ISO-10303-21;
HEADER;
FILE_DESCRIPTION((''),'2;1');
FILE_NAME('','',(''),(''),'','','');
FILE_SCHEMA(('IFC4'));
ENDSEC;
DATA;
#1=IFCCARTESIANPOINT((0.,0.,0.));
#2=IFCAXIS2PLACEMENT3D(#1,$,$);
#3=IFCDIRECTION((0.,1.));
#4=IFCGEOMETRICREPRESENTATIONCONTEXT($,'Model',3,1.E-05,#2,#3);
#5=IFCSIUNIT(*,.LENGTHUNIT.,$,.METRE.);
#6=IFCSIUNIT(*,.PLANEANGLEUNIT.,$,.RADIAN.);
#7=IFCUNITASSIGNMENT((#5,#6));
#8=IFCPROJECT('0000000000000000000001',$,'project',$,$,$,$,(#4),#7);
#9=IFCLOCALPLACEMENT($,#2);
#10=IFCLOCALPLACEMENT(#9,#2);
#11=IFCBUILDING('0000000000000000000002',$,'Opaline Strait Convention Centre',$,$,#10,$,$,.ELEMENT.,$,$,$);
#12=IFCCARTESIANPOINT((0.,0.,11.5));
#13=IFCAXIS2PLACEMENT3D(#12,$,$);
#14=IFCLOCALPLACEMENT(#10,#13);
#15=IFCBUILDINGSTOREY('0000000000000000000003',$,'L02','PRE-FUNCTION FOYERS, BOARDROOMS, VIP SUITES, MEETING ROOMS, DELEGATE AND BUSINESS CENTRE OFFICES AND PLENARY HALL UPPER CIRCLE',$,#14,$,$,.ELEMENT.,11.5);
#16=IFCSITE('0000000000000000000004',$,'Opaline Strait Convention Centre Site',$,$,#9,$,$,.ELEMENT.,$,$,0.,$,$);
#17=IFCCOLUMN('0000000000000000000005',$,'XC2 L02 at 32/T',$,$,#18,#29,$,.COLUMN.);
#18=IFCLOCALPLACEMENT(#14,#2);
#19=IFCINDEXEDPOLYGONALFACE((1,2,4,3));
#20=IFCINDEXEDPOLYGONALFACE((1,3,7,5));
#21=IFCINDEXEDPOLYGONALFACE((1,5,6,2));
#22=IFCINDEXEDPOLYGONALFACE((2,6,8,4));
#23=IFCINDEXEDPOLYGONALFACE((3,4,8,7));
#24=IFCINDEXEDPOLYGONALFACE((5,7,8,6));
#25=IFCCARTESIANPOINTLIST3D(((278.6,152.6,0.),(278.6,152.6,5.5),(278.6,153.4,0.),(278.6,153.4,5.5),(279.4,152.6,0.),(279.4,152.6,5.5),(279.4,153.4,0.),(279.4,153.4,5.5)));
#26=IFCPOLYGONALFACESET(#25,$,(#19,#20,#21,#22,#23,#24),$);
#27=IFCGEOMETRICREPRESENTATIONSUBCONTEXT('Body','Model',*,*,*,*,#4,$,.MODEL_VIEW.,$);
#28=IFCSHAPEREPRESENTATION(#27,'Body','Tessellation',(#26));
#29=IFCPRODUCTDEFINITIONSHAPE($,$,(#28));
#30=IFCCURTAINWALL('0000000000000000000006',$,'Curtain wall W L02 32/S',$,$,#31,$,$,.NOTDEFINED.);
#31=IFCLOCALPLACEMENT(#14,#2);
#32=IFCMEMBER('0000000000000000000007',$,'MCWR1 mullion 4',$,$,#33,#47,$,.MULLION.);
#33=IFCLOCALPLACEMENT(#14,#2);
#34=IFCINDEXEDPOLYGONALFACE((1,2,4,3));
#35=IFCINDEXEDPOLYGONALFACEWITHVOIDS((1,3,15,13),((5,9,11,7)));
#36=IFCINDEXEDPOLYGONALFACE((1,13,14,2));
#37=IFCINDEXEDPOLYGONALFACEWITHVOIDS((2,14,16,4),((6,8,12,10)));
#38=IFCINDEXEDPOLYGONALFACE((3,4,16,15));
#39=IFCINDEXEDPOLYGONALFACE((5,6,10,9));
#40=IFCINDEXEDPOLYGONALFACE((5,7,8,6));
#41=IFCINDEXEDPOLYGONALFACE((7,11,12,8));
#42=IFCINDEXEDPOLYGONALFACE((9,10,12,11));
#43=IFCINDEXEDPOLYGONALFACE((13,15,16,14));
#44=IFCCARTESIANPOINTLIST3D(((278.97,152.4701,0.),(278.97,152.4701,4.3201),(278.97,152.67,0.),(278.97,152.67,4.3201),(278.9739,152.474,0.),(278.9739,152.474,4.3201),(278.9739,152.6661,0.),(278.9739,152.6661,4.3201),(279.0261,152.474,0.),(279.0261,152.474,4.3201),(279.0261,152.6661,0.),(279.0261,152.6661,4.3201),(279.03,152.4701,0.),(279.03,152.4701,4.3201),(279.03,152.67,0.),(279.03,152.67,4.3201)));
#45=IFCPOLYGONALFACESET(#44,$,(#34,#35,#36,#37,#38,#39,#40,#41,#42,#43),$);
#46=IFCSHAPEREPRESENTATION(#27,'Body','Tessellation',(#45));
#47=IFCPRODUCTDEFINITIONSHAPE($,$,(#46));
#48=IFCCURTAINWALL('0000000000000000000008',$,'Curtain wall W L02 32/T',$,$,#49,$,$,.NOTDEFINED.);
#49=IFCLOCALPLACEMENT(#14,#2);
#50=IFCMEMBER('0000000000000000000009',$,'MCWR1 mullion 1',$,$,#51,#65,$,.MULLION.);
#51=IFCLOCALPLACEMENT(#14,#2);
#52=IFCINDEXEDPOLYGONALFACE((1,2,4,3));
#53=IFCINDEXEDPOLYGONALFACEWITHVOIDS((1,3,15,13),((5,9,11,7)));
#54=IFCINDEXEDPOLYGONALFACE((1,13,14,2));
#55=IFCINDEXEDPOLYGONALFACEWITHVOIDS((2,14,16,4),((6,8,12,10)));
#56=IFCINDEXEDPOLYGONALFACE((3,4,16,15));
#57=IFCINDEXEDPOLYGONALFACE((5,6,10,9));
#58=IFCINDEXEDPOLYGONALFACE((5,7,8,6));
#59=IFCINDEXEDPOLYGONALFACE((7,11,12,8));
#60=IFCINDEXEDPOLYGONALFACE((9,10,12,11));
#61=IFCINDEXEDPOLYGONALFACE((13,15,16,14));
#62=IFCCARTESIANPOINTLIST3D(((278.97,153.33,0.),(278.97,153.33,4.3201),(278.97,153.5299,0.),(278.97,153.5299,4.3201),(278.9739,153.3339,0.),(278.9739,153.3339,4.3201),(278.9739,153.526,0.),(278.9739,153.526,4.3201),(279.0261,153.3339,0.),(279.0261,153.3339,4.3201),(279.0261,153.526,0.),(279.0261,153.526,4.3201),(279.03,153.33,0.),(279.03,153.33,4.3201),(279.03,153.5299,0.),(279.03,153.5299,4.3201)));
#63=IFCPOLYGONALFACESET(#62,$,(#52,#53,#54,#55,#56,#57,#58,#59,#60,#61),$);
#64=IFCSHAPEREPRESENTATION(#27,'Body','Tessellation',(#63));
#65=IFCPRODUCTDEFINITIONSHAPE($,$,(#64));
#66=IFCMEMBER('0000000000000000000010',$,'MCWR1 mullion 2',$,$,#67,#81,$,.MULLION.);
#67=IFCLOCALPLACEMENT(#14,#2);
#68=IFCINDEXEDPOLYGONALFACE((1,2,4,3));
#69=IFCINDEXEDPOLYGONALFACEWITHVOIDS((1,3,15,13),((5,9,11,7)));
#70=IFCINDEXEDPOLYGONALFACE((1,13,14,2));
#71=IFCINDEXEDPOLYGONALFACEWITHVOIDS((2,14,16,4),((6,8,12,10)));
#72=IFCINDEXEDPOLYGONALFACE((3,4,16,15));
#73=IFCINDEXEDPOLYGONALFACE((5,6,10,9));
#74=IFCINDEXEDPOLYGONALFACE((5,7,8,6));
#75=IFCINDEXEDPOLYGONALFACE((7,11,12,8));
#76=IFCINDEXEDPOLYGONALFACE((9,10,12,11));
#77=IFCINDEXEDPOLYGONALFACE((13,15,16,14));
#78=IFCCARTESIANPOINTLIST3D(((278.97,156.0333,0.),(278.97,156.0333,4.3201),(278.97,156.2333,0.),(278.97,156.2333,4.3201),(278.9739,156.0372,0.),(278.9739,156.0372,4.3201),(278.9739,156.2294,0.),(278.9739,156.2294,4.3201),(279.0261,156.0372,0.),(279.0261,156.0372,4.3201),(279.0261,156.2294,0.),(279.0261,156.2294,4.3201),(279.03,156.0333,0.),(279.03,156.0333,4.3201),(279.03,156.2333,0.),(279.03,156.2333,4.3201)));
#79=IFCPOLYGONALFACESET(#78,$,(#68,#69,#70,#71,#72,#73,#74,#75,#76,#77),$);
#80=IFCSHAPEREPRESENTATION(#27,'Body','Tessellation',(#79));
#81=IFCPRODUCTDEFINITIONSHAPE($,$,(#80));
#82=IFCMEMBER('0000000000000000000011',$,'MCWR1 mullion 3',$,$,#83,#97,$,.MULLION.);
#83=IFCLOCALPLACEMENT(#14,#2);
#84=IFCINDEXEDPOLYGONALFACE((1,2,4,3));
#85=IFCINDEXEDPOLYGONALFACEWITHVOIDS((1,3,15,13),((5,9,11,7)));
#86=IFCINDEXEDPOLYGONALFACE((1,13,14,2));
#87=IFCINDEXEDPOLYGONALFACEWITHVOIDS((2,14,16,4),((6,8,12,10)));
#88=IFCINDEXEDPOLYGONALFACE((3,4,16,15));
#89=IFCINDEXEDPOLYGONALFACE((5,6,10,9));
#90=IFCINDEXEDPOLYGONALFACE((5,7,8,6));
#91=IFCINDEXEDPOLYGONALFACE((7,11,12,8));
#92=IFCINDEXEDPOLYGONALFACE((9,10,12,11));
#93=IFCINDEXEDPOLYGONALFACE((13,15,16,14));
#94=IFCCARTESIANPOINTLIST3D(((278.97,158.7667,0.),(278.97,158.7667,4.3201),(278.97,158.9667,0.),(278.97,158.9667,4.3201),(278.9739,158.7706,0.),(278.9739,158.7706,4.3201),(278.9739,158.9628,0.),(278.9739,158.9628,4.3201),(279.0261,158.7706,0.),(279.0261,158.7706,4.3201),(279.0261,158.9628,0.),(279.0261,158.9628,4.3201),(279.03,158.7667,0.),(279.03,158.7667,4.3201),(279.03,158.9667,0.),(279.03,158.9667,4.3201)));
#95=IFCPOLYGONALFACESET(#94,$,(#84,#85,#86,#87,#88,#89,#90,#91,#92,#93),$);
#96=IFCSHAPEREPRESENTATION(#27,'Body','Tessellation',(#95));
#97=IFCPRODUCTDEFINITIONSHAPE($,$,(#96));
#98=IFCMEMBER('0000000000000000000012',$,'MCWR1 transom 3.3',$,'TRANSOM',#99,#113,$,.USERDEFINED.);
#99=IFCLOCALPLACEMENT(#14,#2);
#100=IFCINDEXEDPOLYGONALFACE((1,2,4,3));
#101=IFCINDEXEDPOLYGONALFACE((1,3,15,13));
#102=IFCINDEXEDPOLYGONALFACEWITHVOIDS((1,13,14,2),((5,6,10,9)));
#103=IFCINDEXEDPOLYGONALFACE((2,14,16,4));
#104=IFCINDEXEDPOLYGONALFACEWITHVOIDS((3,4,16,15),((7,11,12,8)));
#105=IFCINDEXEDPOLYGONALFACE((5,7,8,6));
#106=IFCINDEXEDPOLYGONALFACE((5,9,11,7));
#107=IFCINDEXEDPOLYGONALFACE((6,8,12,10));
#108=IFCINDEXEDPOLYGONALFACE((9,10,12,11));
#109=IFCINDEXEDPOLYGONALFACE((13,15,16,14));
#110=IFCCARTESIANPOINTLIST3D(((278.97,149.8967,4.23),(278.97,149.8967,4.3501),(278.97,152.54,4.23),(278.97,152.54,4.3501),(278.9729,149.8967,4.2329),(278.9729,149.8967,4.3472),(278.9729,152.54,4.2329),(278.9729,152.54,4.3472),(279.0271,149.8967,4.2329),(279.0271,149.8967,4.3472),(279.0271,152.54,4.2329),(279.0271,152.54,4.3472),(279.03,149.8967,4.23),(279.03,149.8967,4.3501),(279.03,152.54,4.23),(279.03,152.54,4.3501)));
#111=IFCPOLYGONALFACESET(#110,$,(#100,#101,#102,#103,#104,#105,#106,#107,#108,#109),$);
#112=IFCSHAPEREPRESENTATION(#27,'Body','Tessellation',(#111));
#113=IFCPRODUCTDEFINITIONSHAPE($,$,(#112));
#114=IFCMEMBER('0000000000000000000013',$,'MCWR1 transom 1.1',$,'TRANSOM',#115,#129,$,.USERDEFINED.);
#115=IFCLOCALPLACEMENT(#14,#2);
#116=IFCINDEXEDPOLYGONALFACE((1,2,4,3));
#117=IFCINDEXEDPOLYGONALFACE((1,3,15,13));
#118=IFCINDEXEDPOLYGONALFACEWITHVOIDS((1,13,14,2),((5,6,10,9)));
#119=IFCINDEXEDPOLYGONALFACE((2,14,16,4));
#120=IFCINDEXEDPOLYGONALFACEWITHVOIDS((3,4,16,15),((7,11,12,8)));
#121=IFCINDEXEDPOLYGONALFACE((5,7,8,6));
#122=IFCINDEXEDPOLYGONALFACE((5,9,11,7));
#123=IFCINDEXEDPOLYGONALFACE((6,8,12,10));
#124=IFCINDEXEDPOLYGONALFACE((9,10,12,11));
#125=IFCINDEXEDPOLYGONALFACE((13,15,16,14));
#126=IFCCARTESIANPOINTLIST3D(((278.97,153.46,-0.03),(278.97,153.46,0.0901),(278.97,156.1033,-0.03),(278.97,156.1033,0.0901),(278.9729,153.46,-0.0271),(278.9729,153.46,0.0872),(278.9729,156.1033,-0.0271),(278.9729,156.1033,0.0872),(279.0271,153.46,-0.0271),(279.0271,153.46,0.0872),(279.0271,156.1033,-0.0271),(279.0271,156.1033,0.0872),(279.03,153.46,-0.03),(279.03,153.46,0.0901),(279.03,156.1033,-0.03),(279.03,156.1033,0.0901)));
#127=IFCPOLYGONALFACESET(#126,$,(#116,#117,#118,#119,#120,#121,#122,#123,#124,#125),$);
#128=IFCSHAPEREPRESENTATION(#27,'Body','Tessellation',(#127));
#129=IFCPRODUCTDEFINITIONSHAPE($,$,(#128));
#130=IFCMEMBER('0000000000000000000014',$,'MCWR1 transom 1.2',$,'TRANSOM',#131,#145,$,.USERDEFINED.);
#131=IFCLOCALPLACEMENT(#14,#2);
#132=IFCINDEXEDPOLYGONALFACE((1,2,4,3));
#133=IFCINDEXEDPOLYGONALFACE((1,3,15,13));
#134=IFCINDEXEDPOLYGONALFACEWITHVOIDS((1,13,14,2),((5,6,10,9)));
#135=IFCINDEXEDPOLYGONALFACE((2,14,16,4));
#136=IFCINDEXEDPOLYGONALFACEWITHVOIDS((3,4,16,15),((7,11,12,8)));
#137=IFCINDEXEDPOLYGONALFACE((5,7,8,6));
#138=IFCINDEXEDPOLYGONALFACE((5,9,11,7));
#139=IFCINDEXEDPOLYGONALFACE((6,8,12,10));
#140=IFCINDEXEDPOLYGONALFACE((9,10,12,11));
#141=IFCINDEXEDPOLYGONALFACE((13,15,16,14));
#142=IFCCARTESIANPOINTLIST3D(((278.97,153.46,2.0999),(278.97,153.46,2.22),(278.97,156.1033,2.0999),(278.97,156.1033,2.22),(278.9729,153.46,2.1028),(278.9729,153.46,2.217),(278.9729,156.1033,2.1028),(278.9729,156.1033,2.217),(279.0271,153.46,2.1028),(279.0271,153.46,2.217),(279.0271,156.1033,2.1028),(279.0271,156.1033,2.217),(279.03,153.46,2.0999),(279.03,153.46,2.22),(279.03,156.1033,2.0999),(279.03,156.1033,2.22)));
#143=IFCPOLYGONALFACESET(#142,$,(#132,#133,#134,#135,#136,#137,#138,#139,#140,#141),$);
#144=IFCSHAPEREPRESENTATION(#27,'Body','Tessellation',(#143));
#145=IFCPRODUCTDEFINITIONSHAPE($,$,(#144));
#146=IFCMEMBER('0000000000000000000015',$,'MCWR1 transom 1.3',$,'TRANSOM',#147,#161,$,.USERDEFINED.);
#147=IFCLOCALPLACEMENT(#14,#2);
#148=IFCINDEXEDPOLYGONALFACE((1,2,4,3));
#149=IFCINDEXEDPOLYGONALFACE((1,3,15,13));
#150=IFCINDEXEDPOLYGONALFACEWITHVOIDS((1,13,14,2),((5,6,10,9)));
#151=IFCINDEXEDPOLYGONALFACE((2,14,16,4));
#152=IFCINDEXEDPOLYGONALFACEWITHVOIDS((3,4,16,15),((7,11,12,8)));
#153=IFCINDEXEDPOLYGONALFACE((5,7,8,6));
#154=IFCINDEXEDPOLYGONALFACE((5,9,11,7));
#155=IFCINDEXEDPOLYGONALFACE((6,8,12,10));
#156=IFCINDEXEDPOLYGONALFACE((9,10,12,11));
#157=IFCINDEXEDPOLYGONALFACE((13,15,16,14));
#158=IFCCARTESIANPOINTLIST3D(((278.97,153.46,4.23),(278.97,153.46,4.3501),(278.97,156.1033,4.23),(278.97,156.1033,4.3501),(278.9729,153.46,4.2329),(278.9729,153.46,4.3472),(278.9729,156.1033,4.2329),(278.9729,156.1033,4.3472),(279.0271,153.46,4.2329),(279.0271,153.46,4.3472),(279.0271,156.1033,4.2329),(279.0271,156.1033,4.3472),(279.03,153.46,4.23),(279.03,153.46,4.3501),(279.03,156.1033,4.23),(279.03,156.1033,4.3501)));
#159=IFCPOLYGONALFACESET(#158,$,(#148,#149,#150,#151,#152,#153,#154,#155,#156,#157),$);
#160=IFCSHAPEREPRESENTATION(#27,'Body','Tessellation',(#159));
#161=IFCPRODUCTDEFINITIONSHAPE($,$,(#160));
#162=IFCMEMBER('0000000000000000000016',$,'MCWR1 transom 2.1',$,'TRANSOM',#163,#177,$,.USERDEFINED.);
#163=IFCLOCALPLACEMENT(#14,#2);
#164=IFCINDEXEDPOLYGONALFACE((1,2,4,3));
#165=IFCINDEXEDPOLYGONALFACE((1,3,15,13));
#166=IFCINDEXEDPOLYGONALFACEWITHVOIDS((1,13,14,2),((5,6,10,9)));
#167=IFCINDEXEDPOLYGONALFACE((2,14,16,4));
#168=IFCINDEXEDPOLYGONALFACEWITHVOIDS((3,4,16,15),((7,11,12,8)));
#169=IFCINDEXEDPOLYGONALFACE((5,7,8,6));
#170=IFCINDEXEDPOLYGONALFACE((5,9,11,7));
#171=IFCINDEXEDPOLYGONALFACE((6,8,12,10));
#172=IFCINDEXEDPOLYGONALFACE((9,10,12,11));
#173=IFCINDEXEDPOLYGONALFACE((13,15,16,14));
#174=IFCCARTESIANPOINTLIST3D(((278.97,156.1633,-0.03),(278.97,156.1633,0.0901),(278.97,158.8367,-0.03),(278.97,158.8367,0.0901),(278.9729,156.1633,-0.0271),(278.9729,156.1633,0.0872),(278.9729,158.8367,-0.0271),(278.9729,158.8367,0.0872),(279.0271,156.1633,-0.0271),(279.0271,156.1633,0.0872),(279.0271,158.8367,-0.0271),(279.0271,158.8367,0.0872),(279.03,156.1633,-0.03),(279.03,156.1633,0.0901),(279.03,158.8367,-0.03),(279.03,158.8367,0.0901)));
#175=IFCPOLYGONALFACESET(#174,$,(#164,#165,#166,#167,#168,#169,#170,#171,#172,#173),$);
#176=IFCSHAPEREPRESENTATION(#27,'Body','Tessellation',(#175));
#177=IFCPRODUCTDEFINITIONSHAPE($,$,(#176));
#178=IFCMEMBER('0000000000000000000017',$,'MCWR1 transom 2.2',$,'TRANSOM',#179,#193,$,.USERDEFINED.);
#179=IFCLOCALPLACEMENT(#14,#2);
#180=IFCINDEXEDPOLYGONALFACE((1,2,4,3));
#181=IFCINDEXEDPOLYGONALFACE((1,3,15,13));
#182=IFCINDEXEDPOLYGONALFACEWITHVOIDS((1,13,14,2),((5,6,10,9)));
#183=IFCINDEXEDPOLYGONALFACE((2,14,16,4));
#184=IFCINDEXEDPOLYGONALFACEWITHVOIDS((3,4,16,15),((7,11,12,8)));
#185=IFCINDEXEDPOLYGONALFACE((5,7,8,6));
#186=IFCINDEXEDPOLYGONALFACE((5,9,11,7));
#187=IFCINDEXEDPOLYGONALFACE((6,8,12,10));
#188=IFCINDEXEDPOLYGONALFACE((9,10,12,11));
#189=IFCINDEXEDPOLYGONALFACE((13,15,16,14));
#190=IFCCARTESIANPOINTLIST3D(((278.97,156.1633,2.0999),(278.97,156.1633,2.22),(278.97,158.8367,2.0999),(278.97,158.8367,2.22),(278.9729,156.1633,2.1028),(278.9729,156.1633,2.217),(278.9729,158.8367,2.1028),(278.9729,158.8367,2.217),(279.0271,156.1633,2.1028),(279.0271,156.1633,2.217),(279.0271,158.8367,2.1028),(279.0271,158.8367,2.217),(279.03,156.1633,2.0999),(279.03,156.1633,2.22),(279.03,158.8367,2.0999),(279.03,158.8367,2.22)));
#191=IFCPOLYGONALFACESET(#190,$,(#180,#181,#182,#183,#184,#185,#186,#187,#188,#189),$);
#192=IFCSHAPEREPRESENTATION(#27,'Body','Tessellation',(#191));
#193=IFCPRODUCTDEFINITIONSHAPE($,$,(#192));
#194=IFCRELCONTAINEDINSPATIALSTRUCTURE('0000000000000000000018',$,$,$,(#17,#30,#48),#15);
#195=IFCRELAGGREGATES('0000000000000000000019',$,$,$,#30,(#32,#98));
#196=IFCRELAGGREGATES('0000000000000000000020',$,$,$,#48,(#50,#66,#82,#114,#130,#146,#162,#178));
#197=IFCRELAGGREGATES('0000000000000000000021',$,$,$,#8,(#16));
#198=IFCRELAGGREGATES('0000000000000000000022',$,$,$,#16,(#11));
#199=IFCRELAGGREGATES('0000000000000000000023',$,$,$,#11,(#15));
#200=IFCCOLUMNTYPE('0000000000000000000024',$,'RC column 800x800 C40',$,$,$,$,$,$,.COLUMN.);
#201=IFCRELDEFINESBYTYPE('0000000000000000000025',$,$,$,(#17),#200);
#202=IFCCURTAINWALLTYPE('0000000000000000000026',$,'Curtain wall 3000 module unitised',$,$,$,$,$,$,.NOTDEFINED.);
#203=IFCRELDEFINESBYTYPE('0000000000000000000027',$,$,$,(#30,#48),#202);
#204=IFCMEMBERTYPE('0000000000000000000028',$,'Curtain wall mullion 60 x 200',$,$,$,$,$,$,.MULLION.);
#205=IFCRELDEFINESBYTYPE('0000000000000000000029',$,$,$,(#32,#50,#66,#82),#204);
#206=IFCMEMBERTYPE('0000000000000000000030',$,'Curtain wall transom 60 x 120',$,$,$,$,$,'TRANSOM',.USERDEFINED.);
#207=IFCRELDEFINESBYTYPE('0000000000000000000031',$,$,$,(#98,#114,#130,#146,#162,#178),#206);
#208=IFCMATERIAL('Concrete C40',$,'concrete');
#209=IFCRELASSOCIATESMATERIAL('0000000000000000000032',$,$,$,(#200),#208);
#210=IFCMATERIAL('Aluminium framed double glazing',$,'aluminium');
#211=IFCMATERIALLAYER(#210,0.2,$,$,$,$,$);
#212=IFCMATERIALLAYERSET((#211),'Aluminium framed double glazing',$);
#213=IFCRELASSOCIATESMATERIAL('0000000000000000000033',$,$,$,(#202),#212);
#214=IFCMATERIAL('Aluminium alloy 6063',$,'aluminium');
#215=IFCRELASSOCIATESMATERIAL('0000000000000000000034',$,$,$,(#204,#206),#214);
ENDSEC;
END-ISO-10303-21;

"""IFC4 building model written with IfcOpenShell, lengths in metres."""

from ifc_helpers import new_model, si_unit, direction, frame, origin, origin_2d, place, context, subcontext, project, spatial, rectangle, hollow_rectangle, extrude, material, layer, layer_set, material_profile, profile_set, type_object, element, aggregate, save


model = new_model("IFC4")

# Units and contexts
model_context = context("Model", 3, precision=1e-05, world=origin(), true_north=direction((0.0, 1.0)))
body_context = subcontext(model_context, "Body", "Model", "MODEL_VIEW")
ifc_project = project(units=[si_unit("LENGTHUNIT", "METRE"), si_unit("PLANEANGLEUNIT", "RADIAN")], contexts=[model_context])

# Site, building, storey
site_placement = place(None, origin())
site = spatial("IfcSite", under=ifc_project, at=site_placement, Name="Opaline Strait Convention Centre Site", CompositionType="ELEMENT", RefElevation=0.0)
building_placement = place(site_placement, origin())
building = spatial("IfcBuilding", under=site, at=building_placement, Name="Opaline Strait Convention Centre", CompositionType="ELEMENT")
storey_placement = place(building_placement, frame((0.0, 0.0, 11.5)))
storey = spatial("IfcBuildingStorey", under=building, at=storey_placement, Name="L02", Description="PRE-FUNCTION FOYERS, BOARDROOMS, VIP SUITES, MEETING ROOMS, DELEGATE AND BUSINESS CENTRE OFFICES AND PLENARY HALL UPPER CIRCLE", CompositionType="ELEMENT", Elevation=11.5)

# Column
ifc_material_1 = material(Name="Concrete C40", Category="concrete")
ifc_material_profile_1 = material_profile(ifc_material_1, rectangle(XDim=0.8, YDim=0.8, at=origin_2d()), Name="RC 800x800")
ifc_profile_set_1 = profile_set([ifc_material_profile_1], Name="Concrete C40")
column_type = type_object("IfcColumnType", Name="RC column 800x800 C40", PredefinedType="COLUMN", material=ifc_profile_set_1)
column_placement = place(storey_placement, frame((279.0, 153.0, 0.0), z_axis=(0.0, 0.0, 1.0), x_axis=(1.0, 0.0, 0.0)))
element("IfcColumn", 1, at=column_placement, inside=storey, type_object=column_type, Name="XC2 L02 at 32/T", PredefinedType="COLUMN", context=body_context, shape_type="SweptSolid", body=[
    extrude(rectangle(XDim=0.8, YDim=0.8, at=origin_2d()), origin(), (0.0, 0.0, 1.0), 5.5),
])

# Curtain wall, member
ifc_material_2 = material(Name="Aluminium framed double glazing", Category="aluminium")
ifc_layer_1 = layer(ifc_material_2, 0.2)
ifc_layer_set_1 = layer_set([ifc_layer_1], Name="Aluminium framed double glazing")
curtain_wall_type = type_object("IfcCurtainWallType", Name="Curtain wall 3000 module unitised", PredefinedType="NOTDEFINED", material=ifc_layer_set_1)
curtain_wall_1_placement = place(storey_placement, origin())
curtain_wall_1 = element("IfcCurtainWall", 2, at=curtain_wall_1_placement, inside=storey, type_object=curtain_wall_type, Name="Curtain wall W L02 32/S", PredefinedType="NOTDEFINED")
ifc_material_3 = material(Name="Aluminium alloy 6063", Category="aluminium")
ifc_material_profile_2 = material_profile(ifc_material_3, hollow_rectangle(XDim=0.0601, YDim=0.2, WallThickness=0.0039, at=origin_2d()), Name="MULLION 60x200x4")
ifc_profile_set_2 = profile_set([ifc_material_profile_2], Name="Aluminium alloy 6063")
member_type_1 = type_object("IfcMemberType", Name="Curtain wall mullion 60 x 200", PredefinedType="MULLION", material=ifc_profile_set_2)
member_1_placement = place(storey_placement, frame((279.0, 152.5701, 0.0), z_axis=(0.0, 0.0, 1.0), x_axis=(-1.0, 0.0, 0.0)))
member_1 = element("IfcMember", 3, at=member_1_placement, type_object=member_type_1, Name="MCWR1 mullion 4", PredefinedType="MULLION", context=body_context, shape_type="SweptSolid", body=[
    extrude(hollow_rectangle(XDim=0.0601, YDim=0.2, WallThickness=0.0039, at=origin_2d()), origin(), (0.0, 0.0, 1.0), 4.3201),
])

# Curtain wall, members
curtain_wall_2_placement = place(storey_placement, origin())
curtain_wall_2 = element("IfcCurtainWall", 4, at=curtain_wall_2_placement, inside=storey, type_object=curtain_wall_type, Name="Curtain wall W L02 32/T", PredefinedType="NOTDEFINED")
member_2_placement = place(storey_placement, frame((279.0, 153.4299, 0.0), z_axis=(0.0, 0.0, 1.0), x_axis=(-1.0, 0.0, 0.0)))
member_2 = element("IfcMember", 5, at=member_2_placement, type_object=member_type_1, Name="MCWR1 mullion 1", PredefinedType="MULLION", context=body_context, shape_type="SweptSolid", body=[
    extrude(hollow_rectangle(XDim=0.0601, YDim=0.2, WallThickness=0.0039, at=origin_2d()), origin(), (0.0, 0.0, 1.0), 4.3201),
])
member_3_placement = place(storey_placement, frame((279.0, 156.1333, 0.0), z_axis=(0.0, 0.0, 1.0), x_axis=(-1.0, 0.0, 0.0)))
member_3 = element("IfcMember", 6, at=member_3_placement, type_object=member_type_1, Name="MCWR1 mullion 2", PredefinedType="MULLION", context=body_context, shape_type="SweptSolid", body=[
    extrude(hollow_rectangle(XDim=0.0601, YDim=0.2, WallThickness=0.0039, at=origin_2d()), origin(), (0.0, 0.0, 1.0), 4.3201),
])
member_4_placement = place(storey_placement, frame((279.0, 158.8667, 0.0), z_axis=(0.0, 0.0, 1.0), x_axis=(-1.0, 0.0, 0.0)))
member_4 = element("IfcMember", 7, at=member_4_placement, type_object=member_type_1, Name="MCWR1 mullion 3", PredefinedType="MULLION", context=body_context, shape_type="SweptSolid", body=[
    extrude(hollow_rectangle(XDim=0.0601, YDim=0.2, WallThickness=0.0039, at=origin_2d()), origin(), (0.0, 0.0, 1.0), 4.3201),
])

# Members
ifc_material_profile_3 = material_profile(ifc_material_3, hollow_rectangle(XDim=0.0601, YDim=0.1201, WallThickness=0.0029, at=origin_2d()), Name="TRANSOM 60x120x3")
ifc_profile_set_3 = profile_set([ifc_material_profile_3], Name="Aluminium alloy 6063")
member_type_2 = type_object("IfcMemberType", Name="Curtain wall transom 60 x 120", ElementType="TRANSOM", PredefinedType="USERDEFINED", material=ifc_profile_set_3)
member_5_placement = place(storey_placement, frame((279.0, 149.8967, 4.29), z_axis=(0.0, 1.0, 0.0), x_axis=(-1.0, 0.0, 0.0)))
member_5 = element("IfcMember", 8, at=member_5_placement, type_object=member_type_2, Name="MCWR1 transom 3.3", ObjectType="TRANSOM", PredefinedType="USERDEFINED", context=body_context, shape_type="SweptSolid", body=[
    extrude(hollow_rectangle(XDim=0.0601, YDim=0.1201, WallThickness=0.0029, at=origin_2d()), origin(), (0.0, 0.0, 1.0), 2.6433),
])
member_6_placement = place(storey_placement, frame((279.0, 153.46, 0.03), z_axis=(0.0, 1.0, 0.0), x_axis=(-1.0, 0.0, 0.0)))
member_6 = element("IfcMember", 9, at=member_6_placement, type_object=member_type_2, Name="MCWR1 transom 1.1", ObjectType="TRANSOM", PredefinedType="USERDEFINED", context=body_context, shape_type="SweptSolid", body=[
    extrude(hollow_rectangle(XDim=0.0601, YDim=0.1201, WallThickness=0.0029, at=origin_2d()), origin(), (0.0, 0.0, 1.0), 2.6433),
])
member_7_placement = place(storey_placement, frame((279.0, 153.46, 2.1599), z_axis=(0.0, 1.0, 0.0), x_axis=(-1.0, 0.0, 0.0)))
member_7 = element("IfcMember", 10, at=member_7_placement, type_object=member_type_2, Name="MCWR1 transom 1.2", ObjectType="TRANSOM", PredefinedType="USERDEFINED", context=body_context, shape_type="SweptSolid", body=[
    extrude(hollow_rectangle(XDim=0.0601, YDim=0.1201, WallThickness=0.0029, at=origin_2d()), origin(), (0.0, 0.0, 1.0), 2.6433),
])
member_8_placement = place(storey_placement, frame((279.0, 153.46, 4.29), z_axis=(0.0, 1.0, 0.0), x_axis=(-1.0, 0.0, 0.0)))
member_8 = element("IfcMember", 11, at=member_8_placement, type_object=member_type_2, Name="MCWR1 transom 1.3", ObjectType="TRANSOM", PredefinedType="USERDEFINED", context=body_context, shape_type="SweptSolid", body=[
    extrude(hollow_rectangle(XDim=0.0601, YDim=0.1201, WallThickness=0.0029, at=origin_2d()), origin(), (0.0, 0.0, 1.0), 2.6433),
])
member_9_placement = place(storey_placement, frame((279.0, 156.1633, 0.03), z_axis=(0.0, 1.0, 0.0), x_axis=(-1.0, 0.0, 0.0)))
member_9 = element("IfcMember", 12, at=member_9_placement, type_object=member_type_2, Name="MCWR1 transom 2.1", ObjectType="TRANSOM", PredefinedType="USERDEFINED", context=body_context, shape_type="SweptSolid", body=[
    extrude(hollow_rectangle(XDim=0.0601, YDim=0.1201, WallThickness=0.0029, at=origin_2d()), origin(), (0.0, 0.0, 1.0), 2.6733),
])
member_10_placement = place(storey_placement, frame((279.0, 156.1633, 2.1599), z_axis=(0.0, 1.0, 0.0), x_axis=(-1.0, 0.0, 0.0)))
member_10 = element("IfcMember", 13, at=member_10_placement, type_object=member_type_2, Name="MCWR1 transom 2.2", ObjectType="TRANSOM", PredefinedType="USERDEFINED", context=body_context, shape_type="SweptSolid", body=[
    extrude(hollow_rectangle(XDim=0.0601, YDim=0.1201, WallThickness=0.0029, at=origin_2d()), origin(), (0.0, 0.0, 1.0), 2.6733),
])

aggregate(curtain_wall_1, [member_1, member_5])
aggregate(curtain_wall_2, [member_2, member_3, member_4, member_6, member_7, member_8, member_9, member_10])

save(model, "model.ifc")
